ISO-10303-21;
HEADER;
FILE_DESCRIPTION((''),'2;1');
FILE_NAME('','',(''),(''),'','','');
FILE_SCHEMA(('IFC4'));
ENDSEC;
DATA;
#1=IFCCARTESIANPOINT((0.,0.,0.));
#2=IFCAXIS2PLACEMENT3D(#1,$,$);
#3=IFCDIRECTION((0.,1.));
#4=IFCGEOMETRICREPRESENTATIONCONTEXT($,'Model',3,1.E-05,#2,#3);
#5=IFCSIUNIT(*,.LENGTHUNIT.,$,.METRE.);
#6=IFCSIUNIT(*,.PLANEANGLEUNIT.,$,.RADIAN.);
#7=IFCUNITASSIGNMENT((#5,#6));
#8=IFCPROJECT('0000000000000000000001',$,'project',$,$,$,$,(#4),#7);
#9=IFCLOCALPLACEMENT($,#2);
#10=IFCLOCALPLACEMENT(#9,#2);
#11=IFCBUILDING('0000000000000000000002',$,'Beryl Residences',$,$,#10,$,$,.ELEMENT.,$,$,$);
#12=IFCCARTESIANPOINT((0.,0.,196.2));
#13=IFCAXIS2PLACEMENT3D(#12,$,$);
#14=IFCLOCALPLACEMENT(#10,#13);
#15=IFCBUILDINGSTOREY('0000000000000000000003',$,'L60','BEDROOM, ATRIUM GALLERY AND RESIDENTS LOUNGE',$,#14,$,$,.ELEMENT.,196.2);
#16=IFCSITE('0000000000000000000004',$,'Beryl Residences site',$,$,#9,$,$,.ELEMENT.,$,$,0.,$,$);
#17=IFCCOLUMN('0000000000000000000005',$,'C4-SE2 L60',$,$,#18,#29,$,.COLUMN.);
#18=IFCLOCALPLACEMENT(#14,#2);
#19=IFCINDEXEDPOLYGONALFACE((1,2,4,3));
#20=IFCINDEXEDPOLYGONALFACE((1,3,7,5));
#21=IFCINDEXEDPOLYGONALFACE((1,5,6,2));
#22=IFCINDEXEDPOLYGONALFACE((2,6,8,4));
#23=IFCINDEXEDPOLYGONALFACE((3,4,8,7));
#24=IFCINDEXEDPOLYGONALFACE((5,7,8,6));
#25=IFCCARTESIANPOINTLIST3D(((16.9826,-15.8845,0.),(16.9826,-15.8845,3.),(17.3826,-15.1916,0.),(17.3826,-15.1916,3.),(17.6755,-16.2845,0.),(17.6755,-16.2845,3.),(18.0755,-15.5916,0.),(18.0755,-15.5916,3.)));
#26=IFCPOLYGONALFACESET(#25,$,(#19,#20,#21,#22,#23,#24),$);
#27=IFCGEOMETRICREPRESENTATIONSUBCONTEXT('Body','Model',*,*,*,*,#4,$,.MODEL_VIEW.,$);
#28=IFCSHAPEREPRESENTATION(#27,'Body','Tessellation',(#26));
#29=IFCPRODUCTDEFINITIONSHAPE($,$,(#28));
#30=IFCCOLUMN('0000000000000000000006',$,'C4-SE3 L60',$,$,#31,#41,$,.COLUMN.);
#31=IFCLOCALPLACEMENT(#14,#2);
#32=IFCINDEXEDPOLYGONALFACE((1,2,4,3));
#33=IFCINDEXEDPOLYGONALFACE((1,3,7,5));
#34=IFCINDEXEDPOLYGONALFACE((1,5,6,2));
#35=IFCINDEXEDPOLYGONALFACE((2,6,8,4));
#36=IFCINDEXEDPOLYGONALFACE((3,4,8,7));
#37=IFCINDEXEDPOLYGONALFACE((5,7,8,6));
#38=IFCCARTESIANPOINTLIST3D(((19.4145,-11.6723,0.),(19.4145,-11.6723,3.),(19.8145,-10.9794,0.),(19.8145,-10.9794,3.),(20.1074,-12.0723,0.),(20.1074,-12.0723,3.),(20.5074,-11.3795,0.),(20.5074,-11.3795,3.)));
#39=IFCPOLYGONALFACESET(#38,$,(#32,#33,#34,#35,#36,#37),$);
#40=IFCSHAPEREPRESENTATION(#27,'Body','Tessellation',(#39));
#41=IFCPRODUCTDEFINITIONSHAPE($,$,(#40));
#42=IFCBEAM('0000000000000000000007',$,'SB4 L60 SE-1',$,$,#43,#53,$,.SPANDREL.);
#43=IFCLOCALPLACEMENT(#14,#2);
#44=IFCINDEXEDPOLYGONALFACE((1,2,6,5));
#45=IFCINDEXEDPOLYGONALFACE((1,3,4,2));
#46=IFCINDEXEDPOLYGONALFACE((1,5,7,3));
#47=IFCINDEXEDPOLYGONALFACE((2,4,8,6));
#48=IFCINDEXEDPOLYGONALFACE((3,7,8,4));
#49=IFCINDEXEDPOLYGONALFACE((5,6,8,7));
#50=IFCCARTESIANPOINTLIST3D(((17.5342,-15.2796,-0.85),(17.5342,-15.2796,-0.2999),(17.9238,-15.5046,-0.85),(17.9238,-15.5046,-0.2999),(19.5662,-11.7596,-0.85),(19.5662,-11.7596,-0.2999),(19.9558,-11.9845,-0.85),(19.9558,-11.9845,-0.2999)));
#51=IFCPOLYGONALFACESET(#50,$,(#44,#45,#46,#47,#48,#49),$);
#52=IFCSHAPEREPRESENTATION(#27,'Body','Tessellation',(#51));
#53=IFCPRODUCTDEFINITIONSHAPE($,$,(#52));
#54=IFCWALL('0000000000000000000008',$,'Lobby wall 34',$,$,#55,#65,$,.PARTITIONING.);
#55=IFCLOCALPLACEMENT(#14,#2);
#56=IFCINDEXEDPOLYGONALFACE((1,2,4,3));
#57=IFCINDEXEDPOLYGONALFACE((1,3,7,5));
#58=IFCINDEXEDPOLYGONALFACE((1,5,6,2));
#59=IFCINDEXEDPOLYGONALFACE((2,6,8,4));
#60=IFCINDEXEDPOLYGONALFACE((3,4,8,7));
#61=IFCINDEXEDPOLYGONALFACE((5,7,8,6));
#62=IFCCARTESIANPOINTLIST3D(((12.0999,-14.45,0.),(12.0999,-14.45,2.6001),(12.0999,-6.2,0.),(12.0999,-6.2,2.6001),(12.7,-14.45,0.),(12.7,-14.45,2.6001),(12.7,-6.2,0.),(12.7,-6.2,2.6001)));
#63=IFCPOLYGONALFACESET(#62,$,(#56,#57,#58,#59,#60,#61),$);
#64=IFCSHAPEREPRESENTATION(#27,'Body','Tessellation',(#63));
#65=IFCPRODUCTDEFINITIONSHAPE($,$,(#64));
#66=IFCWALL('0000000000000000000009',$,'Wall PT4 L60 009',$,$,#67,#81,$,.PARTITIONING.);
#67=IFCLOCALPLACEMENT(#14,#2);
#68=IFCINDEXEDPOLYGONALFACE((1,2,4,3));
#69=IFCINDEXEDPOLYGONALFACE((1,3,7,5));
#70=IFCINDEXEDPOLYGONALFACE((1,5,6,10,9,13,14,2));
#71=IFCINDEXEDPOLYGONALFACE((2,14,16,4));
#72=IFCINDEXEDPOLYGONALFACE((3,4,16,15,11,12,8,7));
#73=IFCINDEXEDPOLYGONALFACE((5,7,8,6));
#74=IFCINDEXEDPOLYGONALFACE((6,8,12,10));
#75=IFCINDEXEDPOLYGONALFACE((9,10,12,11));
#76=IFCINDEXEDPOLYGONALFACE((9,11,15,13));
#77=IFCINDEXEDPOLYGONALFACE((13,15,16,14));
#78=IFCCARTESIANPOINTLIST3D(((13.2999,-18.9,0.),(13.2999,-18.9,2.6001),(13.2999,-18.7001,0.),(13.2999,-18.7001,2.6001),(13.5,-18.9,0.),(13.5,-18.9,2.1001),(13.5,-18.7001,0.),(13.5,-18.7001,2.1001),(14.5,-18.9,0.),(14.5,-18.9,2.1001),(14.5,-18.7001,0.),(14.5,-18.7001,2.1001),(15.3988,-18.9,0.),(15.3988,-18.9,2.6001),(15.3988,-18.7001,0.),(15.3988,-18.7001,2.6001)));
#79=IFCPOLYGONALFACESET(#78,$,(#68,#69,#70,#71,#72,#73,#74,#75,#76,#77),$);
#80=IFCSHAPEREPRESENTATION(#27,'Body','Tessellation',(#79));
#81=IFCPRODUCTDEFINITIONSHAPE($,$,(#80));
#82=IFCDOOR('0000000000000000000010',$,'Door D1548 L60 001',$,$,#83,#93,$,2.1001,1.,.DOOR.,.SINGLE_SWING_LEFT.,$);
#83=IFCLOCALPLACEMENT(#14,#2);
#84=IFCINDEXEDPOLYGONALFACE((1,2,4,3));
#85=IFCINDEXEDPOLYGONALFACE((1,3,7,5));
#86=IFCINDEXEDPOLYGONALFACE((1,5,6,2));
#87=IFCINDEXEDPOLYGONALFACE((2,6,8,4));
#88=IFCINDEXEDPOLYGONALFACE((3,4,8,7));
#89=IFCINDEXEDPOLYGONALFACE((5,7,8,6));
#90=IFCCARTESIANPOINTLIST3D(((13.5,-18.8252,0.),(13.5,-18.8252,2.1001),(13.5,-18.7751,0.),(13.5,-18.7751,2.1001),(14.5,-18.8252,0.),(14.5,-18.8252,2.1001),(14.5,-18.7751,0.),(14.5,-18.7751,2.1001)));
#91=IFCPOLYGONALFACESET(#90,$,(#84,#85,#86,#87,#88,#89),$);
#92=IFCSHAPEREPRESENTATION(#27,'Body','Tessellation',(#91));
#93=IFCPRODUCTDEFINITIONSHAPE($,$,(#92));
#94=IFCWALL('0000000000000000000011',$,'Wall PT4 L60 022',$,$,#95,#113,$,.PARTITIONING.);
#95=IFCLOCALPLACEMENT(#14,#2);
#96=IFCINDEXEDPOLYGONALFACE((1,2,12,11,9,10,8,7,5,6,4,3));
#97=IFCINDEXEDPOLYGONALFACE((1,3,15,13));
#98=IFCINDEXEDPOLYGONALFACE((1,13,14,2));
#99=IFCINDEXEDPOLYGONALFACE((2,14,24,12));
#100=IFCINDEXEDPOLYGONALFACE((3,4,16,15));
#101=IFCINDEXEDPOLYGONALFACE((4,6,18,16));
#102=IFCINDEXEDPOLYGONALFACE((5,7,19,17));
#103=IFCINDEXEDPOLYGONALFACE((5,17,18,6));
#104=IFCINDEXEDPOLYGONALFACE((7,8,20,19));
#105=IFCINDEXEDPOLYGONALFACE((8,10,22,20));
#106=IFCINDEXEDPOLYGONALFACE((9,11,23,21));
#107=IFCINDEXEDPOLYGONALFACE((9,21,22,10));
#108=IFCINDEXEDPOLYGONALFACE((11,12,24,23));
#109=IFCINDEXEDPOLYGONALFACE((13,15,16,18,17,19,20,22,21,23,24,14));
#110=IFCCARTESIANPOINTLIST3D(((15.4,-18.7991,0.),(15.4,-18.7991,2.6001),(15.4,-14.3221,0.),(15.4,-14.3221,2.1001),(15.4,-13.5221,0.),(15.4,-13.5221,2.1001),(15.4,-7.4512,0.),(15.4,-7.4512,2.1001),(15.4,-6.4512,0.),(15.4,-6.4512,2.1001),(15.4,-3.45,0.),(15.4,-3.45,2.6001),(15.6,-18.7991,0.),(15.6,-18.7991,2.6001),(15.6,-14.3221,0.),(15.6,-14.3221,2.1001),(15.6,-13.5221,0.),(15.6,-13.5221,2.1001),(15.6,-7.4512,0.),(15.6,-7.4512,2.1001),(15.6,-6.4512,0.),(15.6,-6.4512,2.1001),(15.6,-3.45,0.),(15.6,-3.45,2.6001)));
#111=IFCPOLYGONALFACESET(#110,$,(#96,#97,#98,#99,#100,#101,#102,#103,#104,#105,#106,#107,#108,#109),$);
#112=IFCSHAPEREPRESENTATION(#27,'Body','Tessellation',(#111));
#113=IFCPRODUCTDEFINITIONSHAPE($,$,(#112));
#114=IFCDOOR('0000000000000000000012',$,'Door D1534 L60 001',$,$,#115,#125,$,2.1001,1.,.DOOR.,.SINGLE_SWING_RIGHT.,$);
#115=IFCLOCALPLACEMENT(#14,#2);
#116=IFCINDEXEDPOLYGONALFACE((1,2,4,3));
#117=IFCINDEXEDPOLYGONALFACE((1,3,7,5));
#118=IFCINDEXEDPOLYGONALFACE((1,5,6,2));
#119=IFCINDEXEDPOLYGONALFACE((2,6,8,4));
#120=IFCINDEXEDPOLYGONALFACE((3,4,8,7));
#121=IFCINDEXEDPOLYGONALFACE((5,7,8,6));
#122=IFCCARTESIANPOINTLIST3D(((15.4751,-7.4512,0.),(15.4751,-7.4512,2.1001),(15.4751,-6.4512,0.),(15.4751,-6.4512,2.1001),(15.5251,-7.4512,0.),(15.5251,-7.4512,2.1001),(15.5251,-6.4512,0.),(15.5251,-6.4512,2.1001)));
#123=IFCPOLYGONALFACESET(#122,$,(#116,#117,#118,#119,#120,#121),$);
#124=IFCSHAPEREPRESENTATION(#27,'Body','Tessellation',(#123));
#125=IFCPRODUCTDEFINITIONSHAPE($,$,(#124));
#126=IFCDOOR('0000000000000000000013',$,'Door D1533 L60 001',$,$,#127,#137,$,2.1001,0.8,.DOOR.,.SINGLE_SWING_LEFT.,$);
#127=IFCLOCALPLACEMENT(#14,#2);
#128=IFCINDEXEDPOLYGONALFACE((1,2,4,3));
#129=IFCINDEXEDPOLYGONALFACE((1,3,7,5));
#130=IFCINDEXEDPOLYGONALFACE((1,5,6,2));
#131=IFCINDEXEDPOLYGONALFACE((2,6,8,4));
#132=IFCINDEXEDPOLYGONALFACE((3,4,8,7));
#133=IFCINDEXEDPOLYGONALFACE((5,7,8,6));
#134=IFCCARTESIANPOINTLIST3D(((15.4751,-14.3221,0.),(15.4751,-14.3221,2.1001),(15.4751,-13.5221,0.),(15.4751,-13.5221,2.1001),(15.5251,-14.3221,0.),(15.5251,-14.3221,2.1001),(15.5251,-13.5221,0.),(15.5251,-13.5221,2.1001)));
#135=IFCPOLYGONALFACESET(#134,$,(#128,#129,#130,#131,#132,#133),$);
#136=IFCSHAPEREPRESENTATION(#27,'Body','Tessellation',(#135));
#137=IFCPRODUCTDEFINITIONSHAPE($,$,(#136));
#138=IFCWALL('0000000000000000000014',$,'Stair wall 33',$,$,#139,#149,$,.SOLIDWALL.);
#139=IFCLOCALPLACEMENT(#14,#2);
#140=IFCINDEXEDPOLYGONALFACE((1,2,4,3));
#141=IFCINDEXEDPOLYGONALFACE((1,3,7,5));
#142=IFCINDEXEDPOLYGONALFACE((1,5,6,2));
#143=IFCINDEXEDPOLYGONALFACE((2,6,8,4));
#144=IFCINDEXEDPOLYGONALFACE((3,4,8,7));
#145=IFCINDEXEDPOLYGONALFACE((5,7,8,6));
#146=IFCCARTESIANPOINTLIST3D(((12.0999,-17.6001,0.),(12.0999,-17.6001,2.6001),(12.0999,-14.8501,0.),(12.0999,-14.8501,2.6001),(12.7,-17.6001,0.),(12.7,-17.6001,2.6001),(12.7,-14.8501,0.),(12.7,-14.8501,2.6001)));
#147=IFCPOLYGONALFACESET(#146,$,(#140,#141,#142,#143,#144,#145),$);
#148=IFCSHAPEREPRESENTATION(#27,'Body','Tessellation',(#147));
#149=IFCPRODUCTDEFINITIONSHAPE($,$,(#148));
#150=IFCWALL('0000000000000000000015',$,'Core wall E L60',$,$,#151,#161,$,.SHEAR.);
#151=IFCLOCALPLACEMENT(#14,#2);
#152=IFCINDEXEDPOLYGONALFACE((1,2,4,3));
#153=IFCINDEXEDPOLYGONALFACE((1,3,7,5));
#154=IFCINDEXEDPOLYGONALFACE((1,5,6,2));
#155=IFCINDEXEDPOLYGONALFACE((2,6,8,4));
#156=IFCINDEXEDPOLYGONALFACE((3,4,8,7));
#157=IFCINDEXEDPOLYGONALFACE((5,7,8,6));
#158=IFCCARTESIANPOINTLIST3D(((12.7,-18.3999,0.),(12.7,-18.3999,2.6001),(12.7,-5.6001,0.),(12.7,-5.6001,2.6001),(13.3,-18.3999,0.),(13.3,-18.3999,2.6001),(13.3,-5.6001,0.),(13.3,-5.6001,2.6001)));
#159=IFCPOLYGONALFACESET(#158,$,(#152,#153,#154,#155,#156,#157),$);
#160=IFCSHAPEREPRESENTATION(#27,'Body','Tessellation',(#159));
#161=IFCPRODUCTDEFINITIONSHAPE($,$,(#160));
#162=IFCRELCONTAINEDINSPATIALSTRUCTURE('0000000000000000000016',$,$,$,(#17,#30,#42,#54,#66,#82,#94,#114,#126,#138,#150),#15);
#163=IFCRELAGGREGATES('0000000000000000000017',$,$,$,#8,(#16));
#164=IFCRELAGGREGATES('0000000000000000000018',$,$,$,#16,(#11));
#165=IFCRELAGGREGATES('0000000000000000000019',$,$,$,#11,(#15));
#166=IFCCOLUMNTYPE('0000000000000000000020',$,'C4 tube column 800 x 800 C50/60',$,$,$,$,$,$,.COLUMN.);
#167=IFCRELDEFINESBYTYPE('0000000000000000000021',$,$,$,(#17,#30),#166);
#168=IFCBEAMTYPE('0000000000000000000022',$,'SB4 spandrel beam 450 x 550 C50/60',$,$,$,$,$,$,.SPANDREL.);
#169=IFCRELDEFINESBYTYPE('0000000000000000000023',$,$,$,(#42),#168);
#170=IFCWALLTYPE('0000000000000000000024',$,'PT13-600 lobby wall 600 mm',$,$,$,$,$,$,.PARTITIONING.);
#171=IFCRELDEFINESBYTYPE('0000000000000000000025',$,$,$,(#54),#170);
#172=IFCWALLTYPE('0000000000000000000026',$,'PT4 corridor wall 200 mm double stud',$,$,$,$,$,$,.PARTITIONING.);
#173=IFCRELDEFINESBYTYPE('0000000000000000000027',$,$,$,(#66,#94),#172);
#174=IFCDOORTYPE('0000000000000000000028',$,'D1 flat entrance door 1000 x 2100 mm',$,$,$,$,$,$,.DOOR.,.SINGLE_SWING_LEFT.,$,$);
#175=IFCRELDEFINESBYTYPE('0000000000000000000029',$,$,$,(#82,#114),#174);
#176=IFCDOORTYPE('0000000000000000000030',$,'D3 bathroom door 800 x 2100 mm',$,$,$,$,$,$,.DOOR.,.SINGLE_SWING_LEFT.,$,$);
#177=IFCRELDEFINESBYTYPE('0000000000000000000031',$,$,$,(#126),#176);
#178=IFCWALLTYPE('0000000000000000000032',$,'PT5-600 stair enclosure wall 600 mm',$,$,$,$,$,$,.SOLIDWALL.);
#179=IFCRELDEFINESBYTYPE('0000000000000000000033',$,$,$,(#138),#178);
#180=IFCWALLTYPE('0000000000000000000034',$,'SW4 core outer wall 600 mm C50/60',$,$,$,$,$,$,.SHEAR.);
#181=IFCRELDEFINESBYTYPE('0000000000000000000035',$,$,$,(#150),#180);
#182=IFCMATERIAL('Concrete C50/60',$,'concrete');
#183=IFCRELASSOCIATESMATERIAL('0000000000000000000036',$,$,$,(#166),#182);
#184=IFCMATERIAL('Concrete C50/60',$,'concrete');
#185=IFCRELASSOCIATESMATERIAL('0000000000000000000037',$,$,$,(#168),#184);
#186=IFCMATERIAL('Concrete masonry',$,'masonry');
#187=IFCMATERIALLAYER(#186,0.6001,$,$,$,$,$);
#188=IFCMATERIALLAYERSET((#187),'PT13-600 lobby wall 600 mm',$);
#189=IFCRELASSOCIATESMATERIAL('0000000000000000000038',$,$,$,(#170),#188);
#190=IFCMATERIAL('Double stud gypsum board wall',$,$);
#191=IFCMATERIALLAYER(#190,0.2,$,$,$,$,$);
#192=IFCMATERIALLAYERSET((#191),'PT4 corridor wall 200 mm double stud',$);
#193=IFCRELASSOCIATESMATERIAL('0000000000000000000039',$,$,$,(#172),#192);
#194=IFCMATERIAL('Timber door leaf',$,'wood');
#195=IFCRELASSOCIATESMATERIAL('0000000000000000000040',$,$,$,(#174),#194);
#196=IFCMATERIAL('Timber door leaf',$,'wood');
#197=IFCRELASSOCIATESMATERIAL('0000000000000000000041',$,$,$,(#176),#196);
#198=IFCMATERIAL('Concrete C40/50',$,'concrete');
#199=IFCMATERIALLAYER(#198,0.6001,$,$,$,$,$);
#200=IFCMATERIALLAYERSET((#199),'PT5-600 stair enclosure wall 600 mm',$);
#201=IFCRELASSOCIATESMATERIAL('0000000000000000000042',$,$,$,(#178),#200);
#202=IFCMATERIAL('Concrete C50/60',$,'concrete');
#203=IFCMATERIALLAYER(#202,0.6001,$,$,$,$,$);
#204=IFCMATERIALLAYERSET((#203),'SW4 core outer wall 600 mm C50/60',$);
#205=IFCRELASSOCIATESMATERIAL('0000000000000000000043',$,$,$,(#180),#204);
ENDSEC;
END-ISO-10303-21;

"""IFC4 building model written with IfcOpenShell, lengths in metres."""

from ifc_helpers import new_model, si_unit, direction, frame, frame_2d, origin, origin_2d, place, context, subcontext, project, spatial, rectangle, extrude, material, layer, layer_set, material_profile, profile_set, type_object, element, fill, save


model = new_model("IFC4")

# Units and contexts
model_context = context("Model", 3, precision=1e-05, world=origin(), true_north=direction((0.0, 1.0)))
body_context = subcontext(model_context, "Body", "Model", "MODEL_VIEW")
ifc_project = project(units=[si_unit("LENGTHUNIT", "METRE"), si_unit("PLANEANGLEUNIT", "RADIAN")], contexts=[model_context])

# Site, building, storey
site_placement = place(None, origin())
site = spatial("IfcSite", under=ifc_project, at=site_placement, Name="Beryl Residences site", CompositionType="ELEMENT", RefElevation=0.0)
building_placement = place(site_placement, origin())
building = spatial("IfcBuilding", under=site, at=building_placement, Name="Beryl Residences", CompositionType="ELEMENT")
storey_placement = place(building_placement, frame((0.0, 0.0, 196.2)))
storey = spatial("IfcBuildingStorey", under=building, at=storey_placement, Name="L60", Description="BEDROOM, ATRIUM GALLERY AND RESIDENTS LOUNGE", CompositionType="ELEMENT", Elevation=196.2)

# Columns
ifc_material_1 = material(Name="Concrete C50/60", Category="concrete")
ifc_material_profile_1 = material_profile(ifc_material_1, rectangle(XDim=0.8, YDim=0.8, at=origin_2d()))
ifc_profile_set_1 = profile_set([ifc_material_profile_1], Name="Concrete C50/60")
column_type = type_object("IfcColumnType", Name="C4 tube column 800 x 800 C50/60", PredefinedType="COLUMN", material=ifc_profile_set_1)
for number, where, z_axis, x_axis, name in (
    (1, (17.5291, -15.738, 0.0), (0.0, 0.0, 1.0), (0.5, 0.866025, 0.0), "C4-SE2 L60"),
    (2, (19.9609, -11.5259, 0.0), (0.0, 0.0, 1.0), (0.5, 0.866025, 0.0), "C4-SE3 L60"),
):
    element("IfcColumn", number, at=place(storey_placement, frame(where, z_axis=z_axis, x_axis=x_axis)), inside=storey, type_object=column_type, Name=name, PredefinedType="COLUMN", context=body_context, shape_type="SweptSolid", body=[
        extrude(rectangle(XDim=0.8, YDim=0.8, at=origin_2d()), origin(), (0.0, 0.0, 1.0), 3.0),
    ])

# Beam
ifc_material_2 = material(Name="Concrete C50/60", Category="concrete")
ifc_material_profile_2 = material_profile(ifc_material_2, rectangle(XDim=0.45, YDim=0.55, at=origin_2d()))
ifc_profile_set_2 = profile_set([ifc_material_profile_2], Name="Concrete C50/60")
beam_type = type_object("IfcBeamType", Name="SB4 spandrel beam 450 x 550 C50/60", PredefinedType="SPANDREL", material=ifc_profile_set_2)
beam_placement = place(storey_placement, frame((17.729, -15.3921, -0.575), z_axis=(0.499944, 0.866058, 0.0), x_axis=(-0.866058, 0.499944, 0.0)))
element("IfcBeam", 3, at=beam_placement, inside=storey, type_object=beam_type, Name="SB4 L60 SE-1", PredefinedType="SPANDREL", context=body_context, shape_type="SweptSolid", body=[
    extrude(rectangle(XDim=0.45, YDim=0.55, at=origin_2d()), origin(), (0.0, 0.0, 1.0), 4.0645),
])

# Wall
ifc_material_3 = material(Name="Concrete masonry", Category="masonry")
ifc_layer_1 = layer(ifc_material_3, 0.6001)
ifc_layer_set_1 = layer_set([ifc_layer_1], Name="PT13-600 lobby wall 600 mm")
wall_type_1 = type_object("IfcWallType", Name="PT13-600 lobby wall 600 mm", PredefinedType="PARTITIONING", material=ifc_layer_set_1)
wall_1_placement = place(storey_placement, frame((12.3999, -14.45, 0.0), z_axis=(0.0, 0.0, 1.0), x_axis=(0.0, 1.0, 0.0)))
element("IfcWall", 4, at=wall_1_placement, inside=storey, type_object=wall_type_1, Name="Lobby wall 34", PredefinedType="PARTITIONING", context=body_context, shape_type="SweptSolid", body=[
    extrude(rectangle(XDim=8.25, YDim=0.6001, at=frame_2d((4.125, 0.0))), origin(), (0.0, 0.0, 1.0), 2.6001),
])

# Wall, opening, door
ifc_material_4 = material(Name="Double stud gypsum board wall")
ifc_layer_2 = layer(ifc_material_4, 0.2)
ifc_layer_set_2 = layer_set([ifc_layer_2], Name="PT4 corridor wall 200 mm double stud")
wall_type_2 = type_object("IfcWallType", Name="PT4 corridor wall 200 mm double stud", PredefinedType="PARTITIONING", material=ifc_layer_set_2)
wall_2_placement = place(storey_placement, frame((13.3, -18.8, 0.0), z_axis=(0.0, 0.0, 1.0), x_axis=(1.0, 0.0, 0.0)))
wall_2 = element("IfcWall", 5, at=wall_2_placement, inside=storey, type_object=wall_type_2, Name="Wall PT4 L60 009", PredefinedType="PARTITIONING", context=body_context, shape_type="SweptSolid", body=[
    extrude(rectangle(XDim=2.0989, YDim=0.2, at=frame_2d((1.0493, 0.0))), origin(), (0.0, 0.0, 1.0), 2.6001),
])
opening_1_placement = place(wall_2_placement, frame((0.2, 0.0, 0.0)))
opening_1 = element("IfcOpeningElement", 6, at=opening_1_placement, cuts=wall_2, PredefinedType="OPENING", context=body_context, shape_type="SweptSolid", body=[
    extrude(rectangle(XDim=1.0, YDim=2.1001, at=frame_2d((0.5, 1.05))), frame((0.0, 0.1099, 0.0), z_axis=(0.0, -1.0, 0.0), x_axis=(1.0, 0.0, 0.0)), (0.0, 0.0, 1.0), 0.22),
])
ifc_material_5 = material(Name="Timber door leaf", Category="wood")
door_type_1 = type_object("IfcDoorType", Name="D1 flat entrance door 1000 x 2100 mm", OperationType="SINGLE_SWING_LEFT", PredefinedType="DOOR", material=ifc_material_5)
door_1_placement = place(opening_1_placement, origin())
door_1 = element("IfcDoor", 7, at=door_1_placement, inside=storey, type_object=door_type_1, Name="Door D1548 L60 001", OperationType="SINGLE_SWING_LEFT", OverallHeight=2.1001, OverallWidth=1.0, PredefinedType="DOOR", context=body_context, shape_type="SweptSolid", body=[
    extrude(rectangle(XDim=1.0, YDim=2.1001, at=frame_2d((0.5, 1.05))), frame((0.0, 0.0249, 0.0), z_axis=(0.0, -1.0, 0.0), x_axis=(1.0, 0.0, 0.0)), (0.0, 0.0, 1.0), 0.05),
])
fill(opening_1, door_1)

# Wall, openings, doors
wall_3_placement = place(storey_placement, frame((15.5, -18.7991, 0.0), z_axis=(0.0, 0.0, 1.0), x_axis=(0.0, 1.0, 0.0)))
wall_3 = element("IfcWall", 8, at=wall_3_placement, inside=storey, type_object=wall_type_2, Name="Wall PT4 L60 022", PredefinedType="PARTITIONING", context=body_context, shape_type="SweptSolid", body=[
    extrude(rectangle(XDim=15.3491, YDim=0.2, at=frame_2d((7.6746, 0.0))), origin(), (0.0, 0.0, 1.0), 2.6001),
])
opening_2_placement = place(wall_3_placement, frame((4.4771, 0.0, 0.0)))
opening_2 = element("IfcOpeningElement", 9, at=opening_2_placement, cuts=wall_3, PredefinedType="OPENING", context=body_context, shape_type="SweptSolid", body=[
    extrude(rectangle(XDim=0.8, YDim=2.1001, at=frame_2d((0.3999, 1.05))), frame((0.0, 0.1099, 0.0), z_axis=(0.0, -1.0, 0.0), x_axis=(1.0, 0.0, 0.0)), (0.0, 0.0, 1.0), 0.22),
])
opening_3_placement = place(wall_3_placement, frame((11.3479, 0.0, 0.0)))
opening_3 = element("IfcOpeningElement", 10, at=opening_3_placement, cuts=wall_3, PredefinedType="OPENING", context=body_context, shape_type="SweptSolid", body=[
    extrude(rectangle(XDim=1.0, YDim=2.1001, at=frame_2d((0.5, 1.05))), frame((0.0, 0.1099, 0.0), z_axis=(0.0, -1.0, 0.0), x_axis=(1.0, 0.0, 0.0)), (0.0, 0.0, 1.0), 0.22),
])
door_2_placement = place(opening_3_placement, origin())
door_2 = element("IfcDoor", 11, at=door_2_placement, inside=storey, type_object=door_type_1, Name="Door D1534 L60 001", OperationType="SINGLE_SWING_RIGHT", OverallHeight=2.1001, OverallWidth=1.0, PredefinedType="DOOR", context=body_context, shape_type="SweptSolid", body=[
    extrude(rectangle(XDim=1.0, YDim=2.1001, at=frame_2d((0.5, 1.05))), frame((0.0, 0.0249, 0.0), z_axis=(0.0, -1.0, 0.0), x_axis=(1.0, 0.0, 0.0)), (0.0, 0.0, 1.0), 0.05),
])
fill(opening_3, door_2)
ifc_material_6 = material(Name="Timber door leaf", Category="wood")
door_type_2 = type_object("IfcDoorType", Name="D3 bathroom door 800 x 2100 mm", OperationType="SINGLE_SWING_LEFT", PredefinedType="DOOR", material=ifc_material_6)
door_3_placement = place(opening_2_placement, origin())
door_3 = element("IfcDoor", 12, at=door_3_placement, inside=storey, type_object=door_type_2, Name="Door D1533 L60 001", OperationType="SINGLE_SWING_LEFT", OverallHeight=2.1001, OverallWidth=0.8, PredefinedType="DOOR", context=body_context, shape_type="SweptSolid", body=[
    extrude(rectangle(XDim=0.8, YDim=2.1001, at=frame_2d((0.3999, 1.05))), frame((0.0, 0.0249, 0.0), z_axis=(0.0, -1.0, 0.0), x_axis=(1.0, 0.0, 0.0)), (0.0, 0.0, 1.0), 0.05),
])
fill(opening_2, door_3)

# Walls
ifc_material_7 = material(Name="Concrete C40/50", Category="concrete")
ifc_layer_3 = layer(ifc_material_7, 0.6001)
ifc_layer_set_3 = layer_set([ifc_layer_3], Name="PT5-600 stair enclosure wall 600 mm")
wall_type_3 = type_object("IfcWallType", Name="PT5-600 stair enclosure wall 600 mm", PredefinedType="SOLIDWALL", material=ifc_layer_set_3)
wall_4_placement = place(storey_placement, frame((12.3999, -17.6001, 0.0), z_axis=(0.0, 0.0, 1.0), x_axis=(0.0, 1.0, 0.0)))
element("IfcWall", 13, at=wall_4_placement, inside=storey, type_object=wall_type_3, Name="Stair wall 33", PredefinedType="SOLIDWALL", context=body_context, shape_type="SweptSolid", body=[
    extrude(rectangle(XDim=2.75, YDim=0.6001, at=frame_2d((1.375, 0.0))), origin(), (0.0, 0.0, 1.0), 2.6001),
])
ifc_material_8 = material(Name="Concrete C50/60", Category="concrete")
ifc_layer_4 = layer(ifc_material_8, 0.6001)
ifc_layer_set_4 = layer_set([ifc_layer_4], Name="SW4 core outer wall 600 mm C50/60")
wall_type_4 = type_object("IfcWallType", Name="SW4 core outer wall 600 mm C50/60", PredefinedType="SHEAR", material=ifc_layer_set_4)
wall_5_placement = place(storey_placement, frame((13.0, -18.3999, 0.0), z_axis=(0.0, 0.0, 1.0), x_axis=(0.0, 1.0, 0.0)))
element("IfcWall", 14, at=wall_5_placement, inside=storey, type_object=wall_type_4, Name="Core wall E L60", PredefinedType="SHEAR", context=body_context, shape_type="SweptSolid", body=[
    extrude(rectangle(XDim=12.7998, YDim=0.6001, at=frame_2d((6.3999, 0.0))), origin(), (0.0, 0.0, 1.0), 2.6001),
])

save(model, "model.ifc")
